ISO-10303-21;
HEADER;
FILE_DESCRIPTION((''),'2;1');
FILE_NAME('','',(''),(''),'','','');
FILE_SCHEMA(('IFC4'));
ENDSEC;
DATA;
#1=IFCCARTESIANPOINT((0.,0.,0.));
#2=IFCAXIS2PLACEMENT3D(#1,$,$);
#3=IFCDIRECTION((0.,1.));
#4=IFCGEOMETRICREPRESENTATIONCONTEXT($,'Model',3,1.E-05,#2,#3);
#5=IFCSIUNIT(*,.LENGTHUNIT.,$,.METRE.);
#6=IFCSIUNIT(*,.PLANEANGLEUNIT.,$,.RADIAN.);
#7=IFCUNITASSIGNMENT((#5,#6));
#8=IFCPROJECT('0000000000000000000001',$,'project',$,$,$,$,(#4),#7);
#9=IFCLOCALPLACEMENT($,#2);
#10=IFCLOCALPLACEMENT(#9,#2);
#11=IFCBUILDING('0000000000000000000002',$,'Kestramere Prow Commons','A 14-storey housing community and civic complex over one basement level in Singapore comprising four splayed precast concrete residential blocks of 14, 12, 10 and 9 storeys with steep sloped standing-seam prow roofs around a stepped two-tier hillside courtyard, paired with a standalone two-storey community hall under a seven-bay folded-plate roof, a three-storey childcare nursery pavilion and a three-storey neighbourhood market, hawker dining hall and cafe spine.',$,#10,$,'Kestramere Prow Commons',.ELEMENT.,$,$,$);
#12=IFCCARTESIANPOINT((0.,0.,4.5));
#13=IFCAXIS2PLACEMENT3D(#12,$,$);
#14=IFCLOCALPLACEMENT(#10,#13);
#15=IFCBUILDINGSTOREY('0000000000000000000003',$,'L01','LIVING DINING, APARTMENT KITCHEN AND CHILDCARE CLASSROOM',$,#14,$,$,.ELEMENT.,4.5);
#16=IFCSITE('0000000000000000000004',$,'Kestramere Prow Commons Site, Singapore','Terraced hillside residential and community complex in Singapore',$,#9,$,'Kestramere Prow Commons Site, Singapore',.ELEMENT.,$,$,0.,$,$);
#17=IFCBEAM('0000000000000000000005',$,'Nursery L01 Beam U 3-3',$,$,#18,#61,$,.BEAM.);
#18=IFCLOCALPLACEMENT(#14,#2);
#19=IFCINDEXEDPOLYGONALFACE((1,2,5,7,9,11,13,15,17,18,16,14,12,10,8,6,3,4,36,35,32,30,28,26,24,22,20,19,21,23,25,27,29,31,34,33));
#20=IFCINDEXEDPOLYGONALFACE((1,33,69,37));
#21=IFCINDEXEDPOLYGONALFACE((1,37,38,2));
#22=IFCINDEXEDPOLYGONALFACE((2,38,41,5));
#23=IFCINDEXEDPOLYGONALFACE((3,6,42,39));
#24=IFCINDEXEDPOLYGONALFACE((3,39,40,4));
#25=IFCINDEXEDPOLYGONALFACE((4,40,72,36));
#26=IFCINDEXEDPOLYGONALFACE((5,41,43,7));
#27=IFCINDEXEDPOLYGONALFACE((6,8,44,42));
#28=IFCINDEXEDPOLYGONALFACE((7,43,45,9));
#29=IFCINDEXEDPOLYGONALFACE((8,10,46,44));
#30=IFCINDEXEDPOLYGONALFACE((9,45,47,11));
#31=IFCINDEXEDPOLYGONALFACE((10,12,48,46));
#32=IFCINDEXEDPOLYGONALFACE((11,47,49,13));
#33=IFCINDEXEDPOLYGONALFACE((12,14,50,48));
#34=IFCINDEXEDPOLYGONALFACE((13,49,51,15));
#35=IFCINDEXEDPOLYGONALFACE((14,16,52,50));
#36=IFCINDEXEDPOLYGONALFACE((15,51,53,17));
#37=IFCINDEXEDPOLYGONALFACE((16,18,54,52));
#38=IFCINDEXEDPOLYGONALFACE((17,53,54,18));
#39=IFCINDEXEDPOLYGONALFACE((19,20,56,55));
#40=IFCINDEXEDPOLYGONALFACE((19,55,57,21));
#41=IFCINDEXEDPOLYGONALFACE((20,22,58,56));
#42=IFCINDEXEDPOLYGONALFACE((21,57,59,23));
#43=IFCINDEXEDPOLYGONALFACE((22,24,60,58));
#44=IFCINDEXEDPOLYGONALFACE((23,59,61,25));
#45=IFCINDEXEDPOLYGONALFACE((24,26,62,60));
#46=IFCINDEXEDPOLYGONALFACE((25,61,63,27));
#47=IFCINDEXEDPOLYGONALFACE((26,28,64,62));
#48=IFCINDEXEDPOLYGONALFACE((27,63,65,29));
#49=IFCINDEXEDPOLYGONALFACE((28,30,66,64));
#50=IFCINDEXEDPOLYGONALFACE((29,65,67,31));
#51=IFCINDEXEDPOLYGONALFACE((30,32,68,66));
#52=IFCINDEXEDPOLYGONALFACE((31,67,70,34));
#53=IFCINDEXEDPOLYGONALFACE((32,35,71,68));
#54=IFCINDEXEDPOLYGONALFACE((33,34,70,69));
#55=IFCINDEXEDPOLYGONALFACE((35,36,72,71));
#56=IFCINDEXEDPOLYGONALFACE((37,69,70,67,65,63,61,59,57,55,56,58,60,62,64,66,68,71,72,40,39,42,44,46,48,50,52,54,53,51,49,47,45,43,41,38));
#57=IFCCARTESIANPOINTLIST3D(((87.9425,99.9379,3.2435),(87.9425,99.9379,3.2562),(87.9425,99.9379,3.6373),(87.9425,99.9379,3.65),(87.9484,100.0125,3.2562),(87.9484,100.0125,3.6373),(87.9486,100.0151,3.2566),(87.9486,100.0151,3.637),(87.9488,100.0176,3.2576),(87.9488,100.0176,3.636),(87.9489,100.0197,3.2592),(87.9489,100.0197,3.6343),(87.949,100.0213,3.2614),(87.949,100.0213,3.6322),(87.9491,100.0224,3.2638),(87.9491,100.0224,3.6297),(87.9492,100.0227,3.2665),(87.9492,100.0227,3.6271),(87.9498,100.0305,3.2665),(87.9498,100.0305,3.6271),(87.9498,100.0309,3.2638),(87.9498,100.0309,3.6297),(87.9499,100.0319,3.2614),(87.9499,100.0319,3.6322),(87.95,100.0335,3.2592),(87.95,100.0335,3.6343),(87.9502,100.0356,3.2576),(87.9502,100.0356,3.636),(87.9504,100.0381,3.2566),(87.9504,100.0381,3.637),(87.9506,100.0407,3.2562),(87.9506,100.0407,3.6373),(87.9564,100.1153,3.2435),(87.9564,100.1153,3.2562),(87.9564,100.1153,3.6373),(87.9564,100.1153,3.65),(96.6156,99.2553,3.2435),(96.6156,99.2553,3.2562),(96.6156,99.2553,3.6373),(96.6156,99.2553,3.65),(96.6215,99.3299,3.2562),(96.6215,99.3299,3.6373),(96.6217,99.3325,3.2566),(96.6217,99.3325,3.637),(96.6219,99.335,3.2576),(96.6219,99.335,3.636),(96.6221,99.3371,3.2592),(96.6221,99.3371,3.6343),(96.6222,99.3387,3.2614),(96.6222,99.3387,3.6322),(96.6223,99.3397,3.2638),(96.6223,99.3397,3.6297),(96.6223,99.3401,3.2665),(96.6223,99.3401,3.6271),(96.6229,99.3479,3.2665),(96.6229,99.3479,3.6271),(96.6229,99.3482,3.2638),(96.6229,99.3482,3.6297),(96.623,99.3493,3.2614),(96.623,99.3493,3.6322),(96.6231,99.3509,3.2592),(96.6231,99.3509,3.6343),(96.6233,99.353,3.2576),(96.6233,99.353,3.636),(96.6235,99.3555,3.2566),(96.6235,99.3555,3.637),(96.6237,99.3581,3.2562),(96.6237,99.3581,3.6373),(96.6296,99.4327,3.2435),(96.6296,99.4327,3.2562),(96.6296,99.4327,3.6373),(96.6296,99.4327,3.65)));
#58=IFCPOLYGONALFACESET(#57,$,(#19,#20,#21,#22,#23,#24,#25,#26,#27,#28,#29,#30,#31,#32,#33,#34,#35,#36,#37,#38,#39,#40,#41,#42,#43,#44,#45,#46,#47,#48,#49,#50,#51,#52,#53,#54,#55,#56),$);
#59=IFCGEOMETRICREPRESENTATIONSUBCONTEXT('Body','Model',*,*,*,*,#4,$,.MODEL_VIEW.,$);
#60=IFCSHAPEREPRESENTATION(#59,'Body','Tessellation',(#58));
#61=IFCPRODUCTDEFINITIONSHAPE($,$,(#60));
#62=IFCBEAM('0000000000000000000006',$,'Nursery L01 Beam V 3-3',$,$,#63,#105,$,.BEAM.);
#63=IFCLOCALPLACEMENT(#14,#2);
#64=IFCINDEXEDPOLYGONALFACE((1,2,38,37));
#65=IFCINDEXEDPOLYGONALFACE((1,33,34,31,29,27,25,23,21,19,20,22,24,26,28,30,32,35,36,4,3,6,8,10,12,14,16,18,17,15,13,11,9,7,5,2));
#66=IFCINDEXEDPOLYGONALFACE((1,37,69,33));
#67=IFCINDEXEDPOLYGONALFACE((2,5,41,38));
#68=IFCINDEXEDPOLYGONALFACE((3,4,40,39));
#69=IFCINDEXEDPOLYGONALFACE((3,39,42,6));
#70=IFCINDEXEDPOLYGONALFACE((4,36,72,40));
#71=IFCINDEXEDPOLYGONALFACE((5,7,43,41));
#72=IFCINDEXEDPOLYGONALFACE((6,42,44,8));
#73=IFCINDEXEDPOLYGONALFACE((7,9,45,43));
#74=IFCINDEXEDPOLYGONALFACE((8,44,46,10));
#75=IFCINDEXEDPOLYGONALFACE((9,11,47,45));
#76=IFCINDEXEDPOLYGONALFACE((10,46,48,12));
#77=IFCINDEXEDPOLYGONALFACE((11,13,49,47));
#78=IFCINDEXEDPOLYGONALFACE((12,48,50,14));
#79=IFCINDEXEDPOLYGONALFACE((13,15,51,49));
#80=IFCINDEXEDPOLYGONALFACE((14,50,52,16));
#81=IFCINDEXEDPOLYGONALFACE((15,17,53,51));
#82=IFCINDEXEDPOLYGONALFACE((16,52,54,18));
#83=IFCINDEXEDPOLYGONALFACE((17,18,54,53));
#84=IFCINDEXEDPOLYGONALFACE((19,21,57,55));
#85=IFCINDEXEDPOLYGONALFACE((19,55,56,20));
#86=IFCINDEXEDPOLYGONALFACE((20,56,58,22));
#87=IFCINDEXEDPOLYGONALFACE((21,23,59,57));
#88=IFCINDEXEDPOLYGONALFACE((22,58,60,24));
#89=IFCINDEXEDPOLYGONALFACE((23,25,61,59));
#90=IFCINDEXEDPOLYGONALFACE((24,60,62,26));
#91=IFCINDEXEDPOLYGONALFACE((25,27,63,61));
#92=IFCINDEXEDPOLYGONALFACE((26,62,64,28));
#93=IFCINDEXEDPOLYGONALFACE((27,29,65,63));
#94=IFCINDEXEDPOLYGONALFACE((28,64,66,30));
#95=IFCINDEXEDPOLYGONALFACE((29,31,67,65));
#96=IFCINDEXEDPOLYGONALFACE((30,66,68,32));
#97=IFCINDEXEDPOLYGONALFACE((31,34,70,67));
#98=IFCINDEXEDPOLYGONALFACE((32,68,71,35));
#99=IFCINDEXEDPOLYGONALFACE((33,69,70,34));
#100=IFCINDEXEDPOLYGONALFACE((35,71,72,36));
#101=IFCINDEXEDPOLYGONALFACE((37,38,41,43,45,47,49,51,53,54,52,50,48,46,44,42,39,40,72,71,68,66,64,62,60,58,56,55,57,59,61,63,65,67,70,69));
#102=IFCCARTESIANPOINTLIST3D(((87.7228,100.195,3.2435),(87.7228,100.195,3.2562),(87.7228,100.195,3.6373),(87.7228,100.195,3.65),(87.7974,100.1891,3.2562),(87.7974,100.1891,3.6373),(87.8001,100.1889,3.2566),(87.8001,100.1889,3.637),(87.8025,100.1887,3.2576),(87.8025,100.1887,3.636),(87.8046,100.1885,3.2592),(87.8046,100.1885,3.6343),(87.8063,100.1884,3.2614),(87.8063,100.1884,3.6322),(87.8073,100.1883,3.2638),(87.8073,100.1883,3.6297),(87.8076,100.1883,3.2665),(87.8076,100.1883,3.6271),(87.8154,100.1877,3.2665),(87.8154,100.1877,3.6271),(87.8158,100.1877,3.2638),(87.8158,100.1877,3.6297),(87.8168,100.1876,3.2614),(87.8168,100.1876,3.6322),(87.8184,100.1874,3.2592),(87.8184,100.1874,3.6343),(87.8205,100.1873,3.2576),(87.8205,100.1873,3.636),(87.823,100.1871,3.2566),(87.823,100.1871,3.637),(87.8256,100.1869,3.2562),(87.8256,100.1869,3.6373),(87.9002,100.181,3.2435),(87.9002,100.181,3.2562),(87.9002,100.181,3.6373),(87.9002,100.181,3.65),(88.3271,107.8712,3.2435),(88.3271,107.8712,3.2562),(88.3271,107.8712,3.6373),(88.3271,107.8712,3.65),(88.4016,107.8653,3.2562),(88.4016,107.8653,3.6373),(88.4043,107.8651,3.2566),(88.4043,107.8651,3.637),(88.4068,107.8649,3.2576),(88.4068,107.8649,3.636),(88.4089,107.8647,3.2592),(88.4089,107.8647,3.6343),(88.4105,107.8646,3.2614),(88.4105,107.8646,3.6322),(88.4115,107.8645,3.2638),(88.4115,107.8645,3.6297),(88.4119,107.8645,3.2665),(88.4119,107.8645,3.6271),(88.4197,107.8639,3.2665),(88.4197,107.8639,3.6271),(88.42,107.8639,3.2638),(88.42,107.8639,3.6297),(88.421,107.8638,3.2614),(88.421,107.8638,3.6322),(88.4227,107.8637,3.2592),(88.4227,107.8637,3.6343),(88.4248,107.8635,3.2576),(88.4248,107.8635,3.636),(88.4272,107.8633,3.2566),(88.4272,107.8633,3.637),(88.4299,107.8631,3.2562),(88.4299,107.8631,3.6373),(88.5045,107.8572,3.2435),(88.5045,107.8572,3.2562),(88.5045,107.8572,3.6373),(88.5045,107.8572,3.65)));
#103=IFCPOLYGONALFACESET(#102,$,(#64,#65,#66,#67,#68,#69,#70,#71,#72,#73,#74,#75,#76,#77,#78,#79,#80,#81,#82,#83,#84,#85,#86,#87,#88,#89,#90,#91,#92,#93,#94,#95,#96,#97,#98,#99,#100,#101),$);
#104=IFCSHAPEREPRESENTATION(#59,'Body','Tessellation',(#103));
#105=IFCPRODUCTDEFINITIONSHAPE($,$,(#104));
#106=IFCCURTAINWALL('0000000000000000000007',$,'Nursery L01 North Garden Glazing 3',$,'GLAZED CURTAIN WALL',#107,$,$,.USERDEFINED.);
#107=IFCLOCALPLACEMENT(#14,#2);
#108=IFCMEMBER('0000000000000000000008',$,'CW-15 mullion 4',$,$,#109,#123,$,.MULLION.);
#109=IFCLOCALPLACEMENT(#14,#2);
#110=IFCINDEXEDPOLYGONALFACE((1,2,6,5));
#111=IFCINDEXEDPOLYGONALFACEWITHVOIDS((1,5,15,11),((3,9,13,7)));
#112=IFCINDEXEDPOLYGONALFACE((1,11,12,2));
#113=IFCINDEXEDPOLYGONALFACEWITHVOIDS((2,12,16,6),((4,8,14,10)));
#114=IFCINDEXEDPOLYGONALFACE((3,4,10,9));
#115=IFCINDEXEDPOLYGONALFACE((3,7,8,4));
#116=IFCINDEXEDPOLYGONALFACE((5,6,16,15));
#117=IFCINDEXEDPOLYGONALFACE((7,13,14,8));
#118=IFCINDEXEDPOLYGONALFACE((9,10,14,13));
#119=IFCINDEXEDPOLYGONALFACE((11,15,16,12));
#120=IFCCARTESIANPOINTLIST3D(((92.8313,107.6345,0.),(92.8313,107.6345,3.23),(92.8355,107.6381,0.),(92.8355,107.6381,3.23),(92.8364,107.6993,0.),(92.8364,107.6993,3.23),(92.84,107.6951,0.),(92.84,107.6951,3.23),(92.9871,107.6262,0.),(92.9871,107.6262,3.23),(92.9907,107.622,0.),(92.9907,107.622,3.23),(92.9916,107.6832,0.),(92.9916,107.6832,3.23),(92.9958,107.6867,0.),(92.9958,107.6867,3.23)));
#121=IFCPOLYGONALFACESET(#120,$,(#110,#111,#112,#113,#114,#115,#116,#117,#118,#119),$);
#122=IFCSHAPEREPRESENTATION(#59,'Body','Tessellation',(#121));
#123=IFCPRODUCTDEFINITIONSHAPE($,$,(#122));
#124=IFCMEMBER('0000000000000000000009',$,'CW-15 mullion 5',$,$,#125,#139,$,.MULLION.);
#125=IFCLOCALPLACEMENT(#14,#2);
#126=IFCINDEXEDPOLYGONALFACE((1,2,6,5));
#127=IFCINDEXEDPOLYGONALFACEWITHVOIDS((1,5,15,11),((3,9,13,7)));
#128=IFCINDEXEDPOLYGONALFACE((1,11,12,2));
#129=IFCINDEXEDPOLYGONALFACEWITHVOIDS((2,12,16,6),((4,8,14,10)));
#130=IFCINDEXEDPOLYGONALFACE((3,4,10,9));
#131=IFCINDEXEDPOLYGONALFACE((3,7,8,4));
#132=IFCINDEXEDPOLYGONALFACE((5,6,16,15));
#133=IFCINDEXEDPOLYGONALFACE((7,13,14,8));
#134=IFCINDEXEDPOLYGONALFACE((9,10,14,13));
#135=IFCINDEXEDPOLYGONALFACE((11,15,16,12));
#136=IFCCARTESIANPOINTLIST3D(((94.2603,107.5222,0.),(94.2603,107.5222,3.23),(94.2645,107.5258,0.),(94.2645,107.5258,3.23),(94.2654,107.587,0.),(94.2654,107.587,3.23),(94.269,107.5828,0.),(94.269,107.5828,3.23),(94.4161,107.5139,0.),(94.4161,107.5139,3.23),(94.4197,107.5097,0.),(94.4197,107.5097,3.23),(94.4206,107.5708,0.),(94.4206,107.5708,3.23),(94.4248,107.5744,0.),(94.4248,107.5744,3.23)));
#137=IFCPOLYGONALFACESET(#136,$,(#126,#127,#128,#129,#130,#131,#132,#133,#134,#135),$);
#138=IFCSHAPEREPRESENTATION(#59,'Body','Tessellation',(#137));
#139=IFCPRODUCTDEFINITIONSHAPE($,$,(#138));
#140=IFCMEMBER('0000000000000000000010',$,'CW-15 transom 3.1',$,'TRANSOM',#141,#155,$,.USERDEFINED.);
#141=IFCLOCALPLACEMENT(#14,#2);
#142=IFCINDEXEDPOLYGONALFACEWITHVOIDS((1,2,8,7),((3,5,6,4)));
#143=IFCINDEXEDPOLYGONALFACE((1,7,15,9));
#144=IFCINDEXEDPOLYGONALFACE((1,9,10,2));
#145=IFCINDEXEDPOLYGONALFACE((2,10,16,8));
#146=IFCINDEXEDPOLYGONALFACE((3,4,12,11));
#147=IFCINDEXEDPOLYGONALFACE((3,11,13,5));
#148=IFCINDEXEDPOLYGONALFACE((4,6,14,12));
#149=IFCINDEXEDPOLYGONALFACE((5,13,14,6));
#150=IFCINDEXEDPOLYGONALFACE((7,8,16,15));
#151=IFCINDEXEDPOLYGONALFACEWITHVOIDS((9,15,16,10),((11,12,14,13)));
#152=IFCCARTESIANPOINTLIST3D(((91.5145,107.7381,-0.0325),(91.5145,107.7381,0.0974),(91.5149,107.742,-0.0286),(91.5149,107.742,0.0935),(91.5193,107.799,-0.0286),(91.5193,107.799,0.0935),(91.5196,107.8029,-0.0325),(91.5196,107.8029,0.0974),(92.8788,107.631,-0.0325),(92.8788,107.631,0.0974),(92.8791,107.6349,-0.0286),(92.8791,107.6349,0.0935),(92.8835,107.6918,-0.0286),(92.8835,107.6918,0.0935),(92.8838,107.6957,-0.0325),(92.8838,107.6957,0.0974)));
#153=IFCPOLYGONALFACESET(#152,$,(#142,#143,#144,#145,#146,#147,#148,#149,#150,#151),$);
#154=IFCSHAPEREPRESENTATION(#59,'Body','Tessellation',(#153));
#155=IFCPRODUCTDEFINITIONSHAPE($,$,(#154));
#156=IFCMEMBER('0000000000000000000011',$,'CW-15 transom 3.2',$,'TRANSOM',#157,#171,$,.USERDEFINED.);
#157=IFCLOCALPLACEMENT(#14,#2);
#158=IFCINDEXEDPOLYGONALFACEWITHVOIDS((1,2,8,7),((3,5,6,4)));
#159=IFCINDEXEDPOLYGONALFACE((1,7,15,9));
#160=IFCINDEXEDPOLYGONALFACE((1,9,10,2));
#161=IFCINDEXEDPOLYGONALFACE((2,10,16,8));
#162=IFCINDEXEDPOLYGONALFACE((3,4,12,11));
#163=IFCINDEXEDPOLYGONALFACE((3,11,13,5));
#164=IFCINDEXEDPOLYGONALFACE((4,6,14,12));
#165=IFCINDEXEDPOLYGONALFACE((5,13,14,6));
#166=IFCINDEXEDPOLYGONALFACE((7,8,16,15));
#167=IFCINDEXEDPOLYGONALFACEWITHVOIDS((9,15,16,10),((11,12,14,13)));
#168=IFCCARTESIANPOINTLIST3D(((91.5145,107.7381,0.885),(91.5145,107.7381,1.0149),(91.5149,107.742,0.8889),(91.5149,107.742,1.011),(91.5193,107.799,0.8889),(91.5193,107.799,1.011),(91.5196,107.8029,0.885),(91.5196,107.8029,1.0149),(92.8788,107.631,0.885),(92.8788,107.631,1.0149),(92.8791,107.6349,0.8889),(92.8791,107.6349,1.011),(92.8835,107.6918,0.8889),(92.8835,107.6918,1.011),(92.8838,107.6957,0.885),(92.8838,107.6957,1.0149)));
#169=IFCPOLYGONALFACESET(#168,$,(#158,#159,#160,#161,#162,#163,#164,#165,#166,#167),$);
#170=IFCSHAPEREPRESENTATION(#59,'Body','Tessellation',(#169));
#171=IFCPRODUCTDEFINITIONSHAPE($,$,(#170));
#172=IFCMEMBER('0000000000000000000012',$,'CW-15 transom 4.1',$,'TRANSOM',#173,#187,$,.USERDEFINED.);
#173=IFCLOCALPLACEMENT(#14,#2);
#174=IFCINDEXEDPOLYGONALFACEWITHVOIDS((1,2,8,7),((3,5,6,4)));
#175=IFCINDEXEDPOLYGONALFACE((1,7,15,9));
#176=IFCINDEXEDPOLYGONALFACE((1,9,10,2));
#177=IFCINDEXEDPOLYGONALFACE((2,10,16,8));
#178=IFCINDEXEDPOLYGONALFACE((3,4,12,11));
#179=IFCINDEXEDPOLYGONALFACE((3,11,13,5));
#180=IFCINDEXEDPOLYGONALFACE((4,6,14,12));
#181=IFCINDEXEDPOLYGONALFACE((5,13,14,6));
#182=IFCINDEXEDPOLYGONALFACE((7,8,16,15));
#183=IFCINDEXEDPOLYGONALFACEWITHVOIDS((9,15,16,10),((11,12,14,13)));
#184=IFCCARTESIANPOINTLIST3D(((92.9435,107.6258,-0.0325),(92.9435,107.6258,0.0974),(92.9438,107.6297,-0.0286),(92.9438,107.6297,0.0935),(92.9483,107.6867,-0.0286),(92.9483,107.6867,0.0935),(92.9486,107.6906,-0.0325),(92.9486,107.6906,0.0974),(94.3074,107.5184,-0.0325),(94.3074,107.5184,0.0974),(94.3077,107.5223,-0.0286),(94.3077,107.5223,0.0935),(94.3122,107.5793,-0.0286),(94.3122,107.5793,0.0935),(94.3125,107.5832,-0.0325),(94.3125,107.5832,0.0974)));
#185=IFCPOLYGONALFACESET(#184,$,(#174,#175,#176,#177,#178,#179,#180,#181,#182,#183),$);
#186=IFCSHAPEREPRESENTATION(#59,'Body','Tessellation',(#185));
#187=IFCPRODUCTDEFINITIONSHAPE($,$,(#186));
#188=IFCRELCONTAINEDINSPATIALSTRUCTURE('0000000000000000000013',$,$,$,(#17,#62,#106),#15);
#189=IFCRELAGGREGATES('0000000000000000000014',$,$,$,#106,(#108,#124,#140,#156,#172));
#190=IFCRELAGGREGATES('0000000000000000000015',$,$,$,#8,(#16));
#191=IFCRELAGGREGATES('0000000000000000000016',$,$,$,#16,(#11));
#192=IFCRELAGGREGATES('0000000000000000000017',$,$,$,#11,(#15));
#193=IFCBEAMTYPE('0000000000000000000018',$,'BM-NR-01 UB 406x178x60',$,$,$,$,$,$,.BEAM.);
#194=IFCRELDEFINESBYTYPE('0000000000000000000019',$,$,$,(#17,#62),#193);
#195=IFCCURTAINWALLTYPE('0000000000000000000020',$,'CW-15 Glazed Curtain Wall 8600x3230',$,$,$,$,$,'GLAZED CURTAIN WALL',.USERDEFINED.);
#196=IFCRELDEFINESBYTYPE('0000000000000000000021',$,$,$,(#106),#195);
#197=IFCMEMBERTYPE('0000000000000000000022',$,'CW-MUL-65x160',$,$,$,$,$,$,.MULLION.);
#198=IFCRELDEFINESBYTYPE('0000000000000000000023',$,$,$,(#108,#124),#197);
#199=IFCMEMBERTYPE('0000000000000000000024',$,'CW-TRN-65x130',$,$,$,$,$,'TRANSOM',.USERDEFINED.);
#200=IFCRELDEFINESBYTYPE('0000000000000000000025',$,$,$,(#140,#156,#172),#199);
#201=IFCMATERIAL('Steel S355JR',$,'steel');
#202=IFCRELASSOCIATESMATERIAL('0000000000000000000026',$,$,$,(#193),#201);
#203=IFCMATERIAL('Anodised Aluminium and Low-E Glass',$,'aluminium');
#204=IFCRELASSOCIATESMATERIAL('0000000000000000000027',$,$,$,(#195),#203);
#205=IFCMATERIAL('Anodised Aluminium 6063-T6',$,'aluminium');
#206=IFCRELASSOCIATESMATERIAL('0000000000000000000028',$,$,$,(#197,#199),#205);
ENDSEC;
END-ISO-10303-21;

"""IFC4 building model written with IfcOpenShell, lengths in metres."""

from ifc_helpers import new_model, si_unit, direction, frame, origin, origin_2d, place, context, subcontext, project, spatial, hollow_rectangle, i_section, extrude, material, material_profile, profile_set, type_object, element, aggregate, save


model = new_model("IFC4")

# Units and contexts
model_context = context("Model", 3, precision=1e-05, world=origin(), true_north=direction((0.0, 1.0)))
body_context = subcontext(model_context, "Body", "Model", "MODEL_VIEW")
ifc_project = project(units=[si_unit("LENGTHUNIT", "METRE"), si_unit("PLANEANGLEUNIT", "RADIAN")], contexts=[model_context])

# Site, building, storey
site_placement = place(None, origin())
site = spatial("IfcSite", under=ifc_project, at=site_placement, Name="Kestramere Prow Commons Site, Singapore", Description="Terraced hillside residential and community complex in Singapore", LongName="Kestramere Prow Commons Site, Singapore", CompositionType="ELEMENT", RefElevation=0.0)
building_placement = place(site_placement, origin())
building = spatial("IfcBuilding", under=site, at=building_placement, Name="Kestramere Prow Commons", Description="A 14-storey housing community and civic complex over one basement level in Singapore comprising four splayed precast concrete residential blocks of 14, 12, 10 and 9 storeys with steep sloped standing-seam prow roofs around a stepped two-tier hillside courtyard, paired with a standalone two-storey community hall under a seven-bay folded-plate roof, a three-storey childcare nursery pavilion and a three-storey neighbourhood market, hawker dining hall and cafe spine.", LongName="Kestramere Prow Commons", CompositionType="ELEMENT")
storey_placement = place(building_placement, frame((0.0, 0.0, 4.5)))
storey = spatial("IfcBuildingStorey", under=building, at=storey_placement, Name="L01", Description="LIVING DINING, APARTMENT KITCHEN AND CHILDCARE CLASSROOM", CompositionType="ELEMENT", Elevation=4.5)

# Beams
ifc_material_1 = material(Name="Steel S355JR", Category="steel")
ifc_material_profile_1 = material_profile(ifc_material_1, i_section(OverallWidth=0.178, OverallDepth=0.4065, WebThickness=0.0078, FlangeThickness=0.0127, FilletRadius=0.0103, at=origin_2d()), Name="UB 406x178x60")
ifc_profile_set_1 = profile_set([ifc_material_profile_1], Name="Steel S355JR")
beam_type_1 = type_object("IfcBeamType", Name="BM-NR-01 UB 406x178x60", PredefinedType="BEAM", material=ifc_profile_set_1)
beam_1_placement = place(storey_placement, frame((87.9495, 100.0266, 3.4468), z_axis=(0.996917, -0.078462, 0.0), x_axis=(0.078462, 0.996917, 0.0)))
element("IfcBeam", 1, at=beam_1_placement, inside=storey, type_object=beam_type_1, Name="Nursery L01 Beam U 3-3", PredefinedType="BEAM", context=body_context, shape_type="SweptSolid", body=[
    extrude(i_section(OverallWidth=0.178, OverallDepth=0.4065, WebThickness=0.0078, FlangeThickness=0.0127, FilletRadius=0.0103, at=origin_2d()), origin(), (0.0, 0.0, 1.0), 8.7),
])
beam_2_placement = place(storey_placement, frame((87.8115, 100.188, 3.4468), z_axis=(0.078474, 0.996916, 0.0), x_axis=(-0.996916, 0.078474, 0.0)))
element("IfcBeam", 2, at=beam_2_placement, inside=storey, type_object=beam_type_1, Name="Nursery L01 Beam V 3-3", PredefinedType="BEAM", context=body_context, shape_type="SweptSolid", body=[
    extrude(i_section(OverallWidth=0.178, OverallDepth=0.4065, WebThickness=0.0078, FlangeThickness=0.0127, FilletRadius=0.0103, at=origin_2d()), origin(), (0.0, 0.0, 1.0), 7.7),
])

# Curtain wall, members
ifc_material_2 = material(Name="Anodised Aluminium and Low-E Glass", Category="aluminium")
curtain_wall_type = type_object("IfcCurtainWallType", Name="CW-15 Glazed Curtain Wall 8600x3230", ElementType="GLAZED CURTAIN WALL", PredefinedType="USERDEFINED", material=ifc_material_2)
curtain_wall_placement = place(storey_placement, origin())
curtain_wall = element("IfcCurtainWall", 3, at=curtain_wall_placement, inside=storey, type_object=curtain_wall_type, Name="Nursery L01 North Garden Glazing 3", ObjectType="GLAZED CURTAIN WALL", PredefinedType="USERDEFINED")
ifc_material_3 = material(Name="Anodised Aluminium 6063-T6", Category="aluminium")
ifc_material_profile_2 = material_profile(ifc_material_3, hollow_rectangle(XDim=0.0649, YDim=0.1599, WallThickness=0.0039, at=origin_2d()), Name="ALU-MUL 65x160")
ifc_profile_set_2 = profile_set([ifc_material_profile_2], Name="Anodised Aluminium 6063-T6")
member_type_1 = type_object("IfcMemberType", Name="CW-MUL-65x160", PredefinedType="MULLION", material=ifc_profile_set_2)
member_1_placement = place(storey_placement, frame((92.9136, 107.6606, 0.0), z_axis=(0.0, 0.0, 1.0), x_axis=(0.078459, 0.996917, 0.0)))
member_1 = element("IfcMember", 4, at=member_1_placement, type_object=member_type_1, Name="CW-15 mullion 4", PredefinedType="MULLION", context=body_context, shape_type="SweptSolid", body=[
    extrude(hollow_rectangle(XDim=0.0649, YDim=0.1599, WallThickness=0.0039, at=origin_2d()), origin(), (0.0, 0.0, 1.0), 3.23),
])
member_2_placement = place(storey_placement, frame((94.3425, 107.5483, 0.0), z_axis=(0.0, 0.0, 1.0), x_axis=(0.078459, 0.996917, 0.0)))
member_2 = element("IfcMember", 5, at=member_2_placement, type_object=member_type_1, Name="CW-15 mullion 5", PredefinedType="MULLION", context=body_context, shape_type="SweptSolid", body=[
    extrude(hollow_rectangle(XDim=0.0649, YDim=0.1599, WallThickness=0.0039, at=origin_2d()), origin(), (0.0, 0.0, 1.0), 3.23),
])
ifc_material_profile_3 = material_profile(ifc_material_3, hollow_rectangle(XDim=0.0649, YDim=0.1299, WallThickness=0.0039, at=origin_2d()), Name="ALU-TRN 65x130")
ifc_profile_set_3 = profile_set([ifc_material_profile_3], Name="Anodised Aluminium 6063-T6")
member_type_2 = type_object("IfcMemberType", Name="CW-TRN-65x130", ElementType="TRANSOM", PredefinedType="USERDEFINED", material=ifc_profile_set_3)
member_3_placement = place(storey_placement, frame((91.5171, 107.7705, 0.0325), z_axis=(0.996928, -0.07832, 0.0), x_axis=(0.07832, 0.996928, 0.0)))
member_3 = element("IfcMember", 6, at=member_3_placement, type_object=member_type_2, Name="CW-15 transom 3.1", ObjectType="TRANSOM", PredefinedType="USERDEFINED", context=body_context, shape_type="SweptSolid", body=[
    extrude(hollow_rectangle(XDim=0.0649, YDim=0.1299, WallThickness=0.0039, at=origin_2d()), origin(), (0.0, 0.0, 1.0), 1.3684),
])
member_4_placement = place(storey_placement, frame((91.5171, 107.7705, 0.95), z_axis=(0.996928, -0.07832, 0.0), x_axis=(0.07832, 0.996928, 0.0)))
member_4 = element("IfcMember", 7, at=member_4_placement, type_object=member_type_2, Name="CW-15 transom 3.2", ObjectType="TRANSOM", PredefinedType="USERDEFINED", context=body_context, shape_type="SweptSolid", body=[
    extrude(hollow_rectangle(XDim=0.0649, YDim=0.1299, WallThickness=0.0039, at=origin_2d()), origin(), (0.0, 0.0, 1.0), 1.3684),
])
member_5_placement = place(storey_placement, frame((92.946, 107.6582, 0.0325), z_axis=(0.996913, -0.078511, 0.0), x_axis=(0.078511, 0.996913, 0.0)))
member_5 = element("IfcMember", 8, at=member_5_placement, type_object=member_type_2, Name="CW-15 transom 4.1", ObjectType="TRANSOM", PredefinedType="USERDEFINED", context=body_context, shape_type="SweptSolid", body=[
    extrude(hollow_rectangle(XDim=0.0649, YDim=0.1299, WallThickness=0.0039, at=origin_2d()), origin(), (0.0, 0.0, 1.0), 1.3682),
])

aggregate(curtain_wall, [member_1, member_2, member_3, member_4, member_5])

save(model, "model.ifc")
